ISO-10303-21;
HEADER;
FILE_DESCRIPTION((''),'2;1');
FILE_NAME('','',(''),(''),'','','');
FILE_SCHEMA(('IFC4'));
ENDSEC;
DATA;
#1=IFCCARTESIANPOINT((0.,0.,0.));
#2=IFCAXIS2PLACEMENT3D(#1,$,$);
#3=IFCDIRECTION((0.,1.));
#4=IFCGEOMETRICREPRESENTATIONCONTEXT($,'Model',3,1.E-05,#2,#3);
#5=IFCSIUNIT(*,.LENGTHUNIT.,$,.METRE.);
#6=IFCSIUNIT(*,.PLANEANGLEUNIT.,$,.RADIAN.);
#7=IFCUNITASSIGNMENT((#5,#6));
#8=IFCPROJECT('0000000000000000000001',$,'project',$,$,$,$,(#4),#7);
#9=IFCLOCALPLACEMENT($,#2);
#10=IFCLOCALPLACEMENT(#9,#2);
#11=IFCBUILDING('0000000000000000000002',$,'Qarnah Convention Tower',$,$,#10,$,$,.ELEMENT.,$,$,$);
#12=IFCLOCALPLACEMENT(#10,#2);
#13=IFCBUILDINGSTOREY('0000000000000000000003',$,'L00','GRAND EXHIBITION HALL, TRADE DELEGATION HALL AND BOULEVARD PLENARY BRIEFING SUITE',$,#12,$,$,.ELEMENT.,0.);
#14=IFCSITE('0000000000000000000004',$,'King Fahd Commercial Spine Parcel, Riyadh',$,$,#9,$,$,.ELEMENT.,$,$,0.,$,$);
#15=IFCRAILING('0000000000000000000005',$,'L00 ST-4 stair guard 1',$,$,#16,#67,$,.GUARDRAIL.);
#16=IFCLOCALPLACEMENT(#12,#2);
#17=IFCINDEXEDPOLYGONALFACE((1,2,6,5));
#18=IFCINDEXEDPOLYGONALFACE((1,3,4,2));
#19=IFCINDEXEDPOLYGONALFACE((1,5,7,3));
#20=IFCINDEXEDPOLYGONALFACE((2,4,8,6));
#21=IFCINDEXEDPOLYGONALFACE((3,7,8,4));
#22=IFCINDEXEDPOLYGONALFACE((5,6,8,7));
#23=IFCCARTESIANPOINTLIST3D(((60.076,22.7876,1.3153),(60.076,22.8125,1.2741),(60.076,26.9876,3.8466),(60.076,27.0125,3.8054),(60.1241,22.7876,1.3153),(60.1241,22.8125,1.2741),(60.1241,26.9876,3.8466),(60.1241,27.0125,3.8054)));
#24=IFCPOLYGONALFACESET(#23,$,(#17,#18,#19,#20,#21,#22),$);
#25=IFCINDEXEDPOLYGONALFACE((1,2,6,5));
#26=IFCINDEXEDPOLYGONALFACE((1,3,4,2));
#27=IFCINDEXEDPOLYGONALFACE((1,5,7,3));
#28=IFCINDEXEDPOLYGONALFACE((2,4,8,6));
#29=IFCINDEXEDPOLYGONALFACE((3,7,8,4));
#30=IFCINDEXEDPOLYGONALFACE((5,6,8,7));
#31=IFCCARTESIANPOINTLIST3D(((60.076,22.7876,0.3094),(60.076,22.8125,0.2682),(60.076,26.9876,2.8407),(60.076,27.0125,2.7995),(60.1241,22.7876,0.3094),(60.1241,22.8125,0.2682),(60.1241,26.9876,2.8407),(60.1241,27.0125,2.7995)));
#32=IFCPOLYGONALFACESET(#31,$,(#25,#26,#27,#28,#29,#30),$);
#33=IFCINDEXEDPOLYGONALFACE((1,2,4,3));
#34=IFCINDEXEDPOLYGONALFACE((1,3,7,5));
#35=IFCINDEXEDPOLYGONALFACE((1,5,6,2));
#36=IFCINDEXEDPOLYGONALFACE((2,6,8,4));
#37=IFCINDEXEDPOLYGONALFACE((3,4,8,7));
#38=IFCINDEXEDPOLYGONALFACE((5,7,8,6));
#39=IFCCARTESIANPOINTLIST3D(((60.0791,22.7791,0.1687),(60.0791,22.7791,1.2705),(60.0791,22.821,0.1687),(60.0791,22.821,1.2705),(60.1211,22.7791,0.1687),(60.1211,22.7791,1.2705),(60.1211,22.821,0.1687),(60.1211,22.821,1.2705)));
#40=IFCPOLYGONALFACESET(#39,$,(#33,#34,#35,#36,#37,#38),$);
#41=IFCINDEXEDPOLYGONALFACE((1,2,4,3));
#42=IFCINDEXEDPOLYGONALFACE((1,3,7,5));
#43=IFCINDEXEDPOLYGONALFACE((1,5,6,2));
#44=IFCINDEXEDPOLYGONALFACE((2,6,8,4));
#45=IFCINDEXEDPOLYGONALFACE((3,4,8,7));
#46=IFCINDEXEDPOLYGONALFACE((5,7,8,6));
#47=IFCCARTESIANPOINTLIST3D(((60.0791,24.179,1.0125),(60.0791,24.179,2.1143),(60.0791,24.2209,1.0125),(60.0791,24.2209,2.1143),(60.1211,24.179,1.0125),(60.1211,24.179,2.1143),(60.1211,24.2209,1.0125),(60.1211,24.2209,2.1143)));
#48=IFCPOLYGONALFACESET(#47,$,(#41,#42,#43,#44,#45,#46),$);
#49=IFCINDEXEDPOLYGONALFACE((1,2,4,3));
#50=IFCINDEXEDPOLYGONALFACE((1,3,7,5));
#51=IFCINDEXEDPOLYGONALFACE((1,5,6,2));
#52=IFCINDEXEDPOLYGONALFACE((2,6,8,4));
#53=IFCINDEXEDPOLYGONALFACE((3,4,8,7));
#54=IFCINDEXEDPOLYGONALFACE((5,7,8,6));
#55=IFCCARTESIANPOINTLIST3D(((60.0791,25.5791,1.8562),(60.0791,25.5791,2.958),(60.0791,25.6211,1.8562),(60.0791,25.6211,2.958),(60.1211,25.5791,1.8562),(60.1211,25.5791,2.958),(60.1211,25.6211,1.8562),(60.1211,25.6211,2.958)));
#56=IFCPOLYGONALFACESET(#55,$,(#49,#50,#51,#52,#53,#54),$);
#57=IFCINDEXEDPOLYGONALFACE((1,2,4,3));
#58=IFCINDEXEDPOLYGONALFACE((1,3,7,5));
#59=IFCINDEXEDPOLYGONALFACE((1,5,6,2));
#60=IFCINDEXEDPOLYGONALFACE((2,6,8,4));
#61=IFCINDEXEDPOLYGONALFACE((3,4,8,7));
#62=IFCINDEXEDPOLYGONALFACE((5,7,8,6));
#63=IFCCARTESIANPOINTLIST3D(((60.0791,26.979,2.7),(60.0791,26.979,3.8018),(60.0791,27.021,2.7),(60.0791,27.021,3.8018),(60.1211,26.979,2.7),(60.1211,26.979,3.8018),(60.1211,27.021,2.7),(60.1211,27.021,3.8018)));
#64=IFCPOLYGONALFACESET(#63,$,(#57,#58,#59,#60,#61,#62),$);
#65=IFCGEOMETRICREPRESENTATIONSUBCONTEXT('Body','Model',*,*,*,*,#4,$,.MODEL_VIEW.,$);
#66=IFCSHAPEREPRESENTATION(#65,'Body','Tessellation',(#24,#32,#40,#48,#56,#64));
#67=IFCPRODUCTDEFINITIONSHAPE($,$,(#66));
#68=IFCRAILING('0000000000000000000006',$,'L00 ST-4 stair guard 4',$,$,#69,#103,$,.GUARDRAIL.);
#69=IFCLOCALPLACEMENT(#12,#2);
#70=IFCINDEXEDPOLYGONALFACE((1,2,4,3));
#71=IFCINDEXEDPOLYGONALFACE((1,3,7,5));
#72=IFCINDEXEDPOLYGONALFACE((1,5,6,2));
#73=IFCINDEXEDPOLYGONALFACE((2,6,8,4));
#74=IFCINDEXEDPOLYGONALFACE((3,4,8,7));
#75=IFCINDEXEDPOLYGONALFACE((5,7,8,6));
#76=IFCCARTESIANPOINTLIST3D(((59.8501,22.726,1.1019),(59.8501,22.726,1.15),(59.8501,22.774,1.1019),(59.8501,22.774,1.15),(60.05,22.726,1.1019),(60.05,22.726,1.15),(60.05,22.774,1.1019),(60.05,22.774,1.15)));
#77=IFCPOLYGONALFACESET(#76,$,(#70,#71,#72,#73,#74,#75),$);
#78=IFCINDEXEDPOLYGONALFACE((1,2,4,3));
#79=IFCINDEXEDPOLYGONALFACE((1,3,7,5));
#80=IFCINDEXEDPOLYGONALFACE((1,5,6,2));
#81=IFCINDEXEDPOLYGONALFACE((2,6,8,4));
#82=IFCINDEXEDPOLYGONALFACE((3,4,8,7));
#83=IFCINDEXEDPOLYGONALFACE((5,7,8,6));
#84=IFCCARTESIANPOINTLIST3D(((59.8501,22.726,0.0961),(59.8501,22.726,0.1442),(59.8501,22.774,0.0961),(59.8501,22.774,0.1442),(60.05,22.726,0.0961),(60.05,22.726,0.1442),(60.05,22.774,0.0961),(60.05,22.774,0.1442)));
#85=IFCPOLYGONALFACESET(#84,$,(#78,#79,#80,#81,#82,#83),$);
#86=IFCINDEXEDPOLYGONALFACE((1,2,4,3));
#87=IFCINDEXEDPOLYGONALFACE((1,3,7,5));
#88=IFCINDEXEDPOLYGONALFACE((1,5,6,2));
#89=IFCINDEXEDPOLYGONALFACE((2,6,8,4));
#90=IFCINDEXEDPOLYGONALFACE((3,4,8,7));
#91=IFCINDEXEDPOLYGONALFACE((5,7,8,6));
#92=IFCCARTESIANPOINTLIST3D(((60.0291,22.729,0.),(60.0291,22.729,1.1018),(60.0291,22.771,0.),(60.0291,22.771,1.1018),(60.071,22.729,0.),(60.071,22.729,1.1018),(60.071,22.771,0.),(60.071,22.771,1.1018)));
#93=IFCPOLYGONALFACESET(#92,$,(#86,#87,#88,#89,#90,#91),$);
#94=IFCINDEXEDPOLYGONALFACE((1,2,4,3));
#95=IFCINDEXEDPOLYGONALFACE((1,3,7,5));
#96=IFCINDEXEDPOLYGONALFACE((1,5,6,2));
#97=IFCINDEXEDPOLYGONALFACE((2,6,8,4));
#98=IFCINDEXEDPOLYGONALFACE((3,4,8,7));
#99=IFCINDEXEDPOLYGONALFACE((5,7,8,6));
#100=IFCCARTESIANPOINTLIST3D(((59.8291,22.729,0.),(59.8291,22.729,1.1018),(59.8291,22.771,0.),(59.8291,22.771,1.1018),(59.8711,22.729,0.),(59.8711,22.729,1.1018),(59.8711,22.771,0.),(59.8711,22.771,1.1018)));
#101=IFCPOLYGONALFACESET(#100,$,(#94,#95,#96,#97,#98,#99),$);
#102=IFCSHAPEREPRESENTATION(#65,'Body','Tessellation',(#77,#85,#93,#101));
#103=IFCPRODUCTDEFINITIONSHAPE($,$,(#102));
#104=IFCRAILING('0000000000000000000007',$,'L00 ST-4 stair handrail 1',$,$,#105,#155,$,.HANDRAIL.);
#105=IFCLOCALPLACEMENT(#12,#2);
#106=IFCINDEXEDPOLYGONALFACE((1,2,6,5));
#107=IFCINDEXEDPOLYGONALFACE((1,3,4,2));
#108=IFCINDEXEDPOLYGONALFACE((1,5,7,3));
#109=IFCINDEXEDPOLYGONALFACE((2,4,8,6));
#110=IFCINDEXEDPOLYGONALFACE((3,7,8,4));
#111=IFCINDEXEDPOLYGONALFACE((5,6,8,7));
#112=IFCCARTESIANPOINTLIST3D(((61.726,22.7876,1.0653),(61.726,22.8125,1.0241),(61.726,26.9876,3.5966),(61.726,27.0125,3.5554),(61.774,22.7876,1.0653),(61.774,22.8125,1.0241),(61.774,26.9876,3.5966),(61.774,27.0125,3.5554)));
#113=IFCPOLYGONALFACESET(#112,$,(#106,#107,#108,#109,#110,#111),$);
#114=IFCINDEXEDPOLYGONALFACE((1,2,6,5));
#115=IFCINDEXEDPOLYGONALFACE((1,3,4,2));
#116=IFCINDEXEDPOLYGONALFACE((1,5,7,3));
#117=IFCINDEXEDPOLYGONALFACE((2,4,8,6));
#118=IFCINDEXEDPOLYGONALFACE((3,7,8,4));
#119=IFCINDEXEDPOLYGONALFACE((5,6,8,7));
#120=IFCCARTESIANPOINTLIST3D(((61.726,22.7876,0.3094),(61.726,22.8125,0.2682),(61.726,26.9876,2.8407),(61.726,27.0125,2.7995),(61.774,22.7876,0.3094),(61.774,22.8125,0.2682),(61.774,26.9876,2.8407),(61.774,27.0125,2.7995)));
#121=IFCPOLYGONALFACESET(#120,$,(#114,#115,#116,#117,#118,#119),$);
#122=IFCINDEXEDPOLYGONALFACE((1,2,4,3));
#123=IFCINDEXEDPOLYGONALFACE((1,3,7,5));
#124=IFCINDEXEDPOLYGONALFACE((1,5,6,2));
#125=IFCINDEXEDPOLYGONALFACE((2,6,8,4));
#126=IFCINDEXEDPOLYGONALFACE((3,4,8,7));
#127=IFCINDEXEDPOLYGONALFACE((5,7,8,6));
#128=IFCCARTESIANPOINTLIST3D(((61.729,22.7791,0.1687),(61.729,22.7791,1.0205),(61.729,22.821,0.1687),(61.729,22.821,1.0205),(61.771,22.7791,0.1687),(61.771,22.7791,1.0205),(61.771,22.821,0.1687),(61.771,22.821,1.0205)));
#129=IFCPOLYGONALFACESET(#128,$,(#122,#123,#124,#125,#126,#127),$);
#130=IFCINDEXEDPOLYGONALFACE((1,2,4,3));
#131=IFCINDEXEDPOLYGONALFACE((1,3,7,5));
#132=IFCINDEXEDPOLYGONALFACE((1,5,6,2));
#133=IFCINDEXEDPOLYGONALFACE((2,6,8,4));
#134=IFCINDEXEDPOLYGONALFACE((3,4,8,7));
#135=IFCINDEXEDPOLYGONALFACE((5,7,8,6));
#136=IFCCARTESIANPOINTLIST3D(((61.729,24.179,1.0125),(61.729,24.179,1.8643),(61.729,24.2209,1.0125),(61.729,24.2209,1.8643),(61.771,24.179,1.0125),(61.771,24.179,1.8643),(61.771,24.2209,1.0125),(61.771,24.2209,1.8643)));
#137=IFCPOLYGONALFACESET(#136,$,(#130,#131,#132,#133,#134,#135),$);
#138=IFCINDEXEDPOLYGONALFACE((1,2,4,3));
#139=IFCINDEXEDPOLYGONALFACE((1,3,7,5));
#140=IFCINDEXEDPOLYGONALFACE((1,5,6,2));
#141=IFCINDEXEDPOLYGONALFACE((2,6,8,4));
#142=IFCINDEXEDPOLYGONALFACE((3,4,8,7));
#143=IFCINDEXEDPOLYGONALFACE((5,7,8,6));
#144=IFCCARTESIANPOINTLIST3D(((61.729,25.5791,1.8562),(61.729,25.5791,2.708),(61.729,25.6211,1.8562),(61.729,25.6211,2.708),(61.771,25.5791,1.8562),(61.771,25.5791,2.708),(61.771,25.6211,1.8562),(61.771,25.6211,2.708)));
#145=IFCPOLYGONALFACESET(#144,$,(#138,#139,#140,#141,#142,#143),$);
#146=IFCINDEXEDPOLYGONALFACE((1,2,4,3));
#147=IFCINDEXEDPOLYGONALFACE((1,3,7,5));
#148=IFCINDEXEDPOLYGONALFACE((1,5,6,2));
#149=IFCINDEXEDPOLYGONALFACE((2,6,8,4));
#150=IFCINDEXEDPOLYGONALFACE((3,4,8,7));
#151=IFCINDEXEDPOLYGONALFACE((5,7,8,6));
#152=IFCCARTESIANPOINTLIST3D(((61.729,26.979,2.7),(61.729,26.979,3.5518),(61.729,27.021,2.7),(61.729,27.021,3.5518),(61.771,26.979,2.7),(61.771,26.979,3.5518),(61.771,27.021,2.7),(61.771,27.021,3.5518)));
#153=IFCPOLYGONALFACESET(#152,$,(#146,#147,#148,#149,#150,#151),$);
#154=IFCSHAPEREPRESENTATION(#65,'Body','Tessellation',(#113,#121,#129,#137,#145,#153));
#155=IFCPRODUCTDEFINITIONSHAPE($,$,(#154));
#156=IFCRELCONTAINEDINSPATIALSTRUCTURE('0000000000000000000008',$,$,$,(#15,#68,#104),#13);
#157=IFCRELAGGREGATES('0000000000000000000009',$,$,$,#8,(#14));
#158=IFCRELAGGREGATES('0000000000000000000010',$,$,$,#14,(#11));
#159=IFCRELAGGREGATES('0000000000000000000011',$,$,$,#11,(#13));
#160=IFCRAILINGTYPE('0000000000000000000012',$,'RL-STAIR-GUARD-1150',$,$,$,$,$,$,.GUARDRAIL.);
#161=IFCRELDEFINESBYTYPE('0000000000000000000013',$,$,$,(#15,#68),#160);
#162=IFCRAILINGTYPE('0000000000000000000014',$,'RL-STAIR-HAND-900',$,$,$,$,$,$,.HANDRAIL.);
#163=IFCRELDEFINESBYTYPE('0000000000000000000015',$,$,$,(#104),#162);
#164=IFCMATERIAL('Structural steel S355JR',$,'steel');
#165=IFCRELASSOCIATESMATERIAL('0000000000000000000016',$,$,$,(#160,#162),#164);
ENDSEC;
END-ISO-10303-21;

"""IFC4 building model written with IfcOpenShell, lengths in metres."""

from ifc_helpers import new_model, si_unit, direction, frame, origin, origin_2d, place, context, subcontext, project, spatial, rectangle, extrude, material, type_object, element, save


model = new_model("IFC4")

# Units and contexts
model_context = context("Model", 3, precision=1e-05, world=origin(), true_north=direction((0.0, 1.0)))
body_context = subcontext(model_context, "Body", "Model", "MODEL_VIEW")
ifc_project = project(units=[si_unit("LENGTHUNIT", "METRE"), si_unit("PLANEANGLEUNIT", "RADIAN")], contexts=[model_context])

# Site, building, storey
site_placement = place(None, origin())
site = spatial("IfcSite", under=ifc_project, at=site_placement, Name="King Fahd Commercial Spine Parcel, Riyadh", CompositionType="ELEMENT", RefElevation=0.0)
building_placement = place(site_placement, origin())
building = spatial("IfcBuilding", under=site, at=building_placement, Name="Qarnah Convention Tower", CompositionType="ELEMENT")
storey_placement = place(building_placement, origin())
storey = spatial("IfcBuildingStorey", under=building, at=storey_placement, Name="L00", Description="GRAND EXHIBITION HALL, TRADE DELEGATION HALL AND BOULEVARD PLENARY BRIEFING SUITE", CompositionType="ELEMENT", Elevation=0.0)

# Shared definitions
ifc_material_1 = material(Name="Structural steel S355JR", Category="steel")

# Railings
railing_type_1 = type_object("IfcRailingType", Name="RL-STAIR-GUARD-1150", PredefinedType="GUARDRAIL", material=ifc_material_1)
railing_1_placement = place(storey_placement, frame((60.1001, 22.8, 0.1687)))
element("IfcRailing", 1, at=railing_1_placement, inside=storey, type_object=railing_type_1, Name="L00 ST-4 stair guard 1", PredefinedType="GUARDRAIL", context=body_context, shape_type="SweptSolid", body=[
    extrude(rectangle(XDim=0.0481, YDim=0.0481, at=origin_2d()), frame((0.0, 0.0, 1.126), z_axis=(0.0, 0.856476, 0.516186), x_axis=(-1.0, 0.0, 0.0)), (0.0, 0.0, 1.0), 4.9038),
    extrude(rectangle(XDim=0.0481, YDim=0.0481, at=origin_2d()), frame((0.0, 0.0, 0.1201), z_axis=(0.0, 0.856476, 0.516186), x_axis=(-1.0, 0.0, 0.0)), (0.0, 0.0, 1.0), 4.9038),
    extrude(rectangle(XDim=0.042, YDim=0.042, at=origin_2d()), origin(), (0.0, 0.0, 1.0), 1.1018),
    extrude(rectangle(XDim=0.042, YDim=0.042, at=origin_2d()), frame((0.0, 1.3999, 0.8438)), (0.0, 0.0, 1.0), 1.1018),
    extrude(rectangle(XDim=0.042, YDim=0.042, at=origin_2d()), frame((0.0, 2.8, 1.6875)), (0.0, 0.0, 1.0), 1.1018),
    extrude(rectangle(XDim=0.042, YDim=0.042, at=origin_2d()), frame((0.0, 4.2, 2.5312)), (0.0, 0.0, 1.0), 1.1018),
])
railing_2_placement = place(storey_placement, frame((60.05, 22.75, 0.0)))
element("IfcRailing", 2, at=railing_2_placement, inside=storey, type_object=railing_type_1, Name="L00 ST-4 stair guard 4", PredefinedType="GUARDRAIL", context=body_context, shape_type="SweptSolid", body=[
    extrude(rectangle(XDim=0.0481, YDim=0.0481, at=origin_2d()), frame((0.0, 0.0, 1.126), z_axis=(-1.0, 0.0, 0.0), x_axis=(0.0, -1.0, 0.0)), (0.0, 0.0, 1.0), 0.2),
    extrude(rectangle(XDim=0.0481, YDim=0.0481, at=origin_2d()), frame((0.0, 0.0, 0.1201), z_axis=(-1.0, 0.0, 0.0), x_axis=(0.0, -1.0, 0.0)), (0.0, 0.0, 1.0), 0.2),
    extrude(rectangle(XDim=0.042, YDim=0.042, at=origin_2d()), origin(), (0.0, 0.0, 1.0), 1.1018),
    extrude(rectangle(XDim=0.042, YDim=0.042, at=origin_2d()), frame((-0.2, 0.0, 0.0)), (0.0, 0.0, 1.0), 1.1018),
])
railing_type_2 = type_object("IfcRailingType", Name="RL-STAIR-HAND-900", PredefinedType="HANDRAIL", material=ifc_material_1)
railing_3_placement = place(storey_placement, frame((61.75, 22.8, 0.1687)))
element("IfcRailing", 3, at=railing_3_placement, inside=storey, type_object=railing_type_2, Name="L00 ST-4 stair handrail 1", PredefinedType="HANDRAIL", context=body_context, shape_type="SweptSolid", body=[
    extrude(rectangle(XDim=0.0481, YDim=0.0481, at=origin_2d()), frame((0.0, 0.0, 0.876), z_axis=(0.0, 0.856476, 0.516186), x_axis=(-1.0, 0.0, 0.0)), (0.0, 0.0, 1.0), 4.9038),
    extrude(rectangle(XDim=0.0481, YDim=0.0481, at=origin_2d()), frame((0.0, 0.0, 0.1201), z_axis=(0.0, 0.856476, 0.516186), x_axis=(-1.0, 0.0, 0.0)), (0.0, 0.0, 1.0), 4.9038),
    extrude(rectangle(XDim=0.042, YDim=0.042, at=origin_2d()), origin(), (0.0, 0.0, 1.0), 0.8518),
    extrude(rectangle(XDim=0.042, YDim=0.042, at=origin_2d()), frame((0.0, 1.3999, 0.8438)), (0.0, 0.0, 1.0), 0.8518),
    extrude(rectangle(XDim=0.042, YDim=0.042, at=origin_2d()), frame((0.0, 2.8, 1.6875)), (0.0, 0.0, 1.0), 0.8518),
    extrude(rectangle(XDim=0.042, YDim=0.042, at=origin_2d()), frame((0.0, 4.2, 2.5312)), (0.0, 0.0, 1.0), 0.8518),
])

save(model, "model.ifc")
